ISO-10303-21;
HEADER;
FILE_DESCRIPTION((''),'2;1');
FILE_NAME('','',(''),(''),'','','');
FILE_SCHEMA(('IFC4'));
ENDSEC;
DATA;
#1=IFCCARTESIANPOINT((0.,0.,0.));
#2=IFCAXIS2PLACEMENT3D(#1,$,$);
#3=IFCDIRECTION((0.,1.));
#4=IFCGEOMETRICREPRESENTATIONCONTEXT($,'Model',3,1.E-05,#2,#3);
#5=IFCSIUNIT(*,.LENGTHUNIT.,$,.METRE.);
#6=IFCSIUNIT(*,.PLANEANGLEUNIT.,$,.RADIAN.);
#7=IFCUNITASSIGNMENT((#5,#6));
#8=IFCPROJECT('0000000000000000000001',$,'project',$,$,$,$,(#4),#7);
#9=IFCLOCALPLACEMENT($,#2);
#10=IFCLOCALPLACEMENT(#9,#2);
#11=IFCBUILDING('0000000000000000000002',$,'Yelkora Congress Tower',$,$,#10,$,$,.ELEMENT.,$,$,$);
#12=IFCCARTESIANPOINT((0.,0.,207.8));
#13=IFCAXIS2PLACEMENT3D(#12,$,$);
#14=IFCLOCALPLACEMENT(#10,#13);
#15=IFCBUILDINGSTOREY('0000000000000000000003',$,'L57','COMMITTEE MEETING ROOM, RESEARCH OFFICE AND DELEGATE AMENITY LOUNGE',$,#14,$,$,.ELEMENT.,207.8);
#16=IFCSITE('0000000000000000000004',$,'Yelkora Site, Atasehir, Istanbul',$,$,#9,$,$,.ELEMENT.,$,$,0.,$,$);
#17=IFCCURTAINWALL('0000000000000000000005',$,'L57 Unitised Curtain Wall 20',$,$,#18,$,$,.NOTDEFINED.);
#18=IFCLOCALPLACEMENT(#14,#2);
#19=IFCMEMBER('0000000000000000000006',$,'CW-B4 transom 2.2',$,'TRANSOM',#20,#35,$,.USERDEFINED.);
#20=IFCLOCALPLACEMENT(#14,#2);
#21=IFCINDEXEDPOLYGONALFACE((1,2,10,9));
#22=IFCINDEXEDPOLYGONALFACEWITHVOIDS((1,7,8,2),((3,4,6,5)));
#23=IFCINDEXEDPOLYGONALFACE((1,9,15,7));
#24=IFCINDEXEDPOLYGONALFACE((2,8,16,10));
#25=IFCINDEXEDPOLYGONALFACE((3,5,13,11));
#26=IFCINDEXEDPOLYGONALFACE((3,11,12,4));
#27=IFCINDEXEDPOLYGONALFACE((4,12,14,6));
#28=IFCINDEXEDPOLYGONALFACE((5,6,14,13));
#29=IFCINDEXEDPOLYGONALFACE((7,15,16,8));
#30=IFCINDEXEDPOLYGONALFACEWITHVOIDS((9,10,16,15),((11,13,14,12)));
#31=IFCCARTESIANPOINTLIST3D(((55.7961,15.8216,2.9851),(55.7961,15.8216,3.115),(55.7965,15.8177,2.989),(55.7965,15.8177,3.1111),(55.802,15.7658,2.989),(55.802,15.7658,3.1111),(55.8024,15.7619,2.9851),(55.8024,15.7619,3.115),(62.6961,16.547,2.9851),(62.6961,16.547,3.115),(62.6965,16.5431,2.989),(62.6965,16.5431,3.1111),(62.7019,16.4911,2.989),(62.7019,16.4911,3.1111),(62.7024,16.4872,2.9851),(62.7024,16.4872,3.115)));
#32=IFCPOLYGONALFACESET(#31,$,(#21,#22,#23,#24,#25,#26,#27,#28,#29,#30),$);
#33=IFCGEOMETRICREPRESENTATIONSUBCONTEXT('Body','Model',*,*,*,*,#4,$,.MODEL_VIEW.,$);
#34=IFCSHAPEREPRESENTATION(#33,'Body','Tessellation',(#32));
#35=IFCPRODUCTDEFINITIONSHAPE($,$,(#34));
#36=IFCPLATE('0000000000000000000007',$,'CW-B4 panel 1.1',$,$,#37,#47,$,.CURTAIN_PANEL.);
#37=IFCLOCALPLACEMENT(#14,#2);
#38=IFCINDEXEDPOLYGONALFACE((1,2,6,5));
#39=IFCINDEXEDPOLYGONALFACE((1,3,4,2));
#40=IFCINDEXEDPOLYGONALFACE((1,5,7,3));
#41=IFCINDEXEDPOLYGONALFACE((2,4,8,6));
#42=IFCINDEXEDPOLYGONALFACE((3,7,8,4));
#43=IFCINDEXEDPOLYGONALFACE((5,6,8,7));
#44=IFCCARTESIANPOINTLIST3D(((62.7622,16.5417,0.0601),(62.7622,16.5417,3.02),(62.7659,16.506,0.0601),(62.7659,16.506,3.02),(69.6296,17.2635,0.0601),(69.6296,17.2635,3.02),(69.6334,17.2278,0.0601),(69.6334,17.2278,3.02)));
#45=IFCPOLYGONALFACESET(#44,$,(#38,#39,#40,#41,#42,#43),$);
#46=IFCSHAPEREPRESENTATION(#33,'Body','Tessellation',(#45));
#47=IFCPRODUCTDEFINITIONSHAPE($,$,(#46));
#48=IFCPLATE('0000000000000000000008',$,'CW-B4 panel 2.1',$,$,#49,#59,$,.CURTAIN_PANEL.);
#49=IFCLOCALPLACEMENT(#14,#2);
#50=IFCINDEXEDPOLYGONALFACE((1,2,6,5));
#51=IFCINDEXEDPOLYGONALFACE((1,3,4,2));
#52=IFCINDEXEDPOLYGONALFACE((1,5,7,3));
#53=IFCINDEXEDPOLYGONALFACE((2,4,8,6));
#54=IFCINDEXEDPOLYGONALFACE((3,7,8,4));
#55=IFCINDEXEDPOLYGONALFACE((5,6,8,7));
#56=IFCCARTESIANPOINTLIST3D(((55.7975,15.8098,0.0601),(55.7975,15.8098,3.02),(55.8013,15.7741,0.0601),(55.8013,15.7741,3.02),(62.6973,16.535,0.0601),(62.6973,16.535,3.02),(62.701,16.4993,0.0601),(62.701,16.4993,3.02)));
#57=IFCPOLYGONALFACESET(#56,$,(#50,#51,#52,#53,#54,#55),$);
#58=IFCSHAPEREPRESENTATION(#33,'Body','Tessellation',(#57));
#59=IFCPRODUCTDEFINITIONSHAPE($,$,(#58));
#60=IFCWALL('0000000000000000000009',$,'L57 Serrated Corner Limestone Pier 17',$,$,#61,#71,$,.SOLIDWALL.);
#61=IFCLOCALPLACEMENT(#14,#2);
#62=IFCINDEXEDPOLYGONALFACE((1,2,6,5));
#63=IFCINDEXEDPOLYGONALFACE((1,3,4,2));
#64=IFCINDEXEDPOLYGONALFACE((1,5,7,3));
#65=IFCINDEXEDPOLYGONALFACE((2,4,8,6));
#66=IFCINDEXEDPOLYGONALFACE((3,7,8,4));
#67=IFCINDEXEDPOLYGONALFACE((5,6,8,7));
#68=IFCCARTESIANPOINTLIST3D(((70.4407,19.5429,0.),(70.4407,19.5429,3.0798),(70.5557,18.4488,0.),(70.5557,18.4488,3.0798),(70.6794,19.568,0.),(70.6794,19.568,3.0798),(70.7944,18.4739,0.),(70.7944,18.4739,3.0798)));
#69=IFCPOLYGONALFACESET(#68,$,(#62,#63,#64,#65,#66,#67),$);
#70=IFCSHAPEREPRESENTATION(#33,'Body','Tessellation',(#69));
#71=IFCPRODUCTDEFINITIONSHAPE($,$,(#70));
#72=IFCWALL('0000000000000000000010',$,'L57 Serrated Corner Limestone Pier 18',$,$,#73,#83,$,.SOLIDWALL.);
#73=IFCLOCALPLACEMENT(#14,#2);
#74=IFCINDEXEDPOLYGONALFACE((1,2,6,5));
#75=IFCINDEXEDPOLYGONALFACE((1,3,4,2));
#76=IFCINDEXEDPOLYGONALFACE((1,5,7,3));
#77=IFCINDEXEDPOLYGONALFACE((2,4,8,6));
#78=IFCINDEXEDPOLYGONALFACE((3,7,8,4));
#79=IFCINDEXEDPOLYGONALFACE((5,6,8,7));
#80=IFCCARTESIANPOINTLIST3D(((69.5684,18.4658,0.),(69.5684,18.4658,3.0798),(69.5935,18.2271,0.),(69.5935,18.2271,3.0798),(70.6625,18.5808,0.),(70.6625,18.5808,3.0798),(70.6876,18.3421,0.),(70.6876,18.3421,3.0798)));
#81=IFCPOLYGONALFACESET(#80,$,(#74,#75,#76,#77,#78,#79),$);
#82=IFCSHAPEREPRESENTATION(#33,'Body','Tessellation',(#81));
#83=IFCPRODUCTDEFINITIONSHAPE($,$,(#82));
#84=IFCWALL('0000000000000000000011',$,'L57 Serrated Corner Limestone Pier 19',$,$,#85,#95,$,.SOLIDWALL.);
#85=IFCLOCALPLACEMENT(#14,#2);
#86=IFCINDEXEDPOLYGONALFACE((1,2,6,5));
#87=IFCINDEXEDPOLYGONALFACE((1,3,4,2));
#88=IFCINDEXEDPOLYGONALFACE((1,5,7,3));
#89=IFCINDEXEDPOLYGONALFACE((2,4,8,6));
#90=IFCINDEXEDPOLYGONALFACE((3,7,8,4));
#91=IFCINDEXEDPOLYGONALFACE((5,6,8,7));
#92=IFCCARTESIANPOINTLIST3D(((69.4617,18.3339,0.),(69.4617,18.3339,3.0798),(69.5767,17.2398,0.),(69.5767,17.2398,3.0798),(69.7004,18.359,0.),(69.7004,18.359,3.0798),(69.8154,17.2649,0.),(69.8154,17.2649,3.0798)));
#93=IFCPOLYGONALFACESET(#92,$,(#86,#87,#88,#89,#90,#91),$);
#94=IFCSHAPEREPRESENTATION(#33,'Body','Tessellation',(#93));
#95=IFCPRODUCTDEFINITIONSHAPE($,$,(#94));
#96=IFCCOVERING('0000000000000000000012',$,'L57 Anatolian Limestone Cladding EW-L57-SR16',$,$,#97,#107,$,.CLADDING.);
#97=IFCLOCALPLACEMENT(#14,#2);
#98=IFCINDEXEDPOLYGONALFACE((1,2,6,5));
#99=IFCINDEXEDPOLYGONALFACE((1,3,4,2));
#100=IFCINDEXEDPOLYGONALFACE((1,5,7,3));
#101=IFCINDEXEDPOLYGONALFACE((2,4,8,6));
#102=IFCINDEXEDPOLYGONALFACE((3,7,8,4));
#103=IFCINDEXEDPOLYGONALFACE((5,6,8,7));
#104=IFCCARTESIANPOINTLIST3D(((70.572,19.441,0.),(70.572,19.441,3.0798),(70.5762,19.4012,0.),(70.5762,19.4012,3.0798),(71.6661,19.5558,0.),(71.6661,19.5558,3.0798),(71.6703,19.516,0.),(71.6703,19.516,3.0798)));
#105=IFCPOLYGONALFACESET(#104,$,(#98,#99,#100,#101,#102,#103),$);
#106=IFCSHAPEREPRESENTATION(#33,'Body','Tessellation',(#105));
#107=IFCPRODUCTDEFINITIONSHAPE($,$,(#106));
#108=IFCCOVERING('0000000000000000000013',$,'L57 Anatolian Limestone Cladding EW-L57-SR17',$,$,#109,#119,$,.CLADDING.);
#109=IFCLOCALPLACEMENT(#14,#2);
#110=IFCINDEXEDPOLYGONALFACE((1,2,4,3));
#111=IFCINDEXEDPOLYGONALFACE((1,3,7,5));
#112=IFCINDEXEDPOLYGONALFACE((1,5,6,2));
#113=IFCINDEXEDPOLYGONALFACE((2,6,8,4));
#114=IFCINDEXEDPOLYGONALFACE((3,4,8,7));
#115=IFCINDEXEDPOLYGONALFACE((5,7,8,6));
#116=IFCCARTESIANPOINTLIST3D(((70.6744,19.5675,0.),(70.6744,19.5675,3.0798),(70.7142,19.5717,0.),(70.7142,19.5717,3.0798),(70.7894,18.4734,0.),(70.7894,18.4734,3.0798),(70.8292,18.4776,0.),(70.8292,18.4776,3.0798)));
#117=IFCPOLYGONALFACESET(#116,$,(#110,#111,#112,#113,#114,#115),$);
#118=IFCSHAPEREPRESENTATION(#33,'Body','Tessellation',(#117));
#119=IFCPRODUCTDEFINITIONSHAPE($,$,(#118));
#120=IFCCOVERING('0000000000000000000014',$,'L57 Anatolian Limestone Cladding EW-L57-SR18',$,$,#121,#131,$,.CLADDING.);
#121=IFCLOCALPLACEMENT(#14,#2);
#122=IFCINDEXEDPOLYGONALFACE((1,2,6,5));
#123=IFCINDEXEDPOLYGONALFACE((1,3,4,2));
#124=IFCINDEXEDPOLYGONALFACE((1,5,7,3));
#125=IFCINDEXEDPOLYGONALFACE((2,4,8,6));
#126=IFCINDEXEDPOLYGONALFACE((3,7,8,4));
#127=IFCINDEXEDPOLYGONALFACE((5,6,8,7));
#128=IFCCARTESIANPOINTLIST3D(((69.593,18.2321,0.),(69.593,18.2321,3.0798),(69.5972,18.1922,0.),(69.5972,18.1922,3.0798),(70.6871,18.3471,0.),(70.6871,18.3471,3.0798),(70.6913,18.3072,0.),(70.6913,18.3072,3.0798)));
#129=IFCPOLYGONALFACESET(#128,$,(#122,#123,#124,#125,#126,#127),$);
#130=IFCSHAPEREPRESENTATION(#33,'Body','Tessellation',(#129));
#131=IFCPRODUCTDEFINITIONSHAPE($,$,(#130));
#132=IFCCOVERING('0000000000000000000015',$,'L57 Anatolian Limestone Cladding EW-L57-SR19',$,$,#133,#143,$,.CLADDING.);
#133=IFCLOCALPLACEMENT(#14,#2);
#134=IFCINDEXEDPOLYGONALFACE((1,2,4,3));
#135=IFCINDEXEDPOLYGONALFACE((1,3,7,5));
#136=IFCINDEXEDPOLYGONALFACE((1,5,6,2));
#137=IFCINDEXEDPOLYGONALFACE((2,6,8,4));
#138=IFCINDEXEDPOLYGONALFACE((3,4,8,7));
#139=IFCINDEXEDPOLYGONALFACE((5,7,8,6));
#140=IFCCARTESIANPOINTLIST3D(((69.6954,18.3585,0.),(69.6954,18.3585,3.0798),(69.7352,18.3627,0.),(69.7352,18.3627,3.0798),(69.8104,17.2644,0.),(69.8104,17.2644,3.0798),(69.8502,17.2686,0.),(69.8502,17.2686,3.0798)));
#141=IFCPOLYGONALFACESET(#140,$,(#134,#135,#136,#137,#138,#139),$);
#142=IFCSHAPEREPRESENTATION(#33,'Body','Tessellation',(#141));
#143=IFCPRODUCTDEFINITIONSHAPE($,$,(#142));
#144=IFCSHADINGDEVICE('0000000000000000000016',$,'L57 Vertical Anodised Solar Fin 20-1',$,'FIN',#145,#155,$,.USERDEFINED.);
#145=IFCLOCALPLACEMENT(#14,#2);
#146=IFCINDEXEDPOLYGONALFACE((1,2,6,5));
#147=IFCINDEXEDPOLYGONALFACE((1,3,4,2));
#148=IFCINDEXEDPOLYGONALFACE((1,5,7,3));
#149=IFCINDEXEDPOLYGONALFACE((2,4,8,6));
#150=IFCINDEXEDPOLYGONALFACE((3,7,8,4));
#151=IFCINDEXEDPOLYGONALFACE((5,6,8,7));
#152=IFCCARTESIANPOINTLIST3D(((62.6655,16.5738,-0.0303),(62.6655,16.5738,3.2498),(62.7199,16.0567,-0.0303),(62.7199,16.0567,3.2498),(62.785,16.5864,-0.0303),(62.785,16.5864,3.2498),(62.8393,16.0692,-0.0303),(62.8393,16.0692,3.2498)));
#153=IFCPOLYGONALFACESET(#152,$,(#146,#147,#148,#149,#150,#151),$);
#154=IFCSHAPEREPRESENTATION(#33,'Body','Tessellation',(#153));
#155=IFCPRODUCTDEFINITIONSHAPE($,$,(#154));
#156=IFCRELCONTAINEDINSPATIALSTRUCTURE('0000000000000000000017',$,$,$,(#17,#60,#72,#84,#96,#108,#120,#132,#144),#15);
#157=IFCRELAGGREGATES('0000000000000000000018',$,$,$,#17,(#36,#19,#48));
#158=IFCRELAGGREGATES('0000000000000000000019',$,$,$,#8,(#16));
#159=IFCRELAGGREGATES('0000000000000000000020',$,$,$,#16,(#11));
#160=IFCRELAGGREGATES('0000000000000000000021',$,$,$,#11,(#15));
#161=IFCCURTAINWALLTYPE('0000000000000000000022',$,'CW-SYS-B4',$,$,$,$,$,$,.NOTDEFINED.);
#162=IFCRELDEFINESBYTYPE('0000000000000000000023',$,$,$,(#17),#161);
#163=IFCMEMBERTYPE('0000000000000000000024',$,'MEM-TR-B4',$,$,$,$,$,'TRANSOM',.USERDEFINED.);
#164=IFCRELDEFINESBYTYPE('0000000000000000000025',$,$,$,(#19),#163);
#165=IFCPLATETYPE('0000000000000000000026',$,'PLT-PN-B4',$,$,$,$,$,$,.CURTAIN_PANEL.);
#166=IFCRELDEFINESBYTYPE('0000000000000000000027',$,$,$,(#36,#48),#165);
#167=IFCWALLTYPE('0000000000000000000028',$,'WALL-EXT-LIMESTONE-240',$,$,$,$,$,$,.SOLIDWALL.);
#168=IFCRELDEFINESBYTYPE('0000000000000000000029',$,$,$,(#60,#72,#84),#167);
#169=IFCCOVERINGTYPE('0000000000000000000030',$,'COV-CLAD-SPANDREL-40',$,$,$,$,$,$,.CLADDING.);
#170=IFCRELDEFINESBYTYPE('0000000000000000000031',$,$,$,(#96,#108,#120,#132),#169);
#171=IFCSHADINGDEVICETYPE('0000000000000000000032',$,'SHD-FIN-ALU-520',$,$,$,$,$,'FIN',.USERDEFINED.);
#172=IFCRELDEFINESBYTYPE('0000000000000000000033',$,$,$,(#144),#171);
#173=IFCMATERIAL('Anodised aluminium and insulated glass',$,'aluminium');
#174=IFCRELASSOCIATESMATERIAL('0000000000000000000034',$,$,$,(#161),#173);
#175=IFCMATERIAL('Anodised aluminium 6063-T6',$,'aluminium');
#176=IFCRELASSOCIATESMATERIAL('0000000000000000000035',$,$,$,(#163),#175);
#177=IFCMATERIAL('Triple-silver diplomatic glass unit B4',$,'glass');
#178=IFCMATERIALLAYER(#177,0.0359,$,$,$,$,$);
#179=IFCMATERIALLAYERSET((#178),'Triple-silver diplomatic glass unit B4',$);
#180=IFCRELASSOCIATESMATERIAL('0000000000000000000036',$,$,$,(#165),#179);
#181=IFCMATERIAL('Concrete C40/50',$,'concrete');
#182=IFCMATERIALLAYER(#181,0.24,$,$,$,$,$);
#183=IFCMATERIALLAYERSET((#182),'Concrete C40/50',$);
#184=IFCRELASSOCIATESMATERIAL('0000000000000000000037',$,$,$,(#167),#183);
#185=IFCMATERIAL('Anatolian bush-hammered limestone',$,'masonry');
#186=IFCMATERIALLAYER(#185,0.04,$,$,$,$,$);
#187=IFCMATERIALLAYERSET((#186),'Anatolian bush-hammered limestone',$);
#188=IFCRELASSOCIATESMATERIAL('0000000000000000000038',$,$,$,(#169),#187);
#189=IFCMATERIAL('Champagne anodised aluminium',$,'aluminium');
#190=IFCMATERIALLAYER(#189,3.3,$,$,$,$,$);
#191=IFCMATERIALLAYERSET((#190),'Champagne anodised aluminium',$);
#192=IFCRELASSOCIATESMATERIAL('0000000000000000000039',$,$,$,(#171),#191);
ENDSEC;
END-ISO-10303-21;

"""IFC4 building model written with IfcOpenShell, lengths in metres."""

from ifc_helpers import new_model, si_unit, direction, frame, frame_2d, origin, origin_2d, place, context, subcontext, project, spatial, rectangle, hollow_rectangle, extrude, material, layer, layer_set, material_profile, profile_set, type_object, element, aggregate, save


model = new_model("IFC4")

# Units and contexts
model_context = context("Model", 3, precision=1e-05, world=origin(), true_north=direction((0.0, 1.0)))
body_context = subcontext(model_context, "Body", "Model", "MODEL_VIEW")
ifc_project = project(units=[si_unit("LENGTHUNIT", "METRE"), si_unit("PLANEANGLEUNIT", "RADIAN")], contexts=[model_context])

# Site, building, storey
site_placement = place(None, origin())
site = spatial("IfcSite", under=ifc_project, at=site_placement, Name="Yelkora Site, Atasehir, Istanbul", CompositionType="ELEMENT", RefElevation=0.0)
building_placement = place(site_placement, origin())
building = spatial("IfcBuilding", under=site, at=building_placement, Name="Yelkora Congress Tower", CompositionType="ELEMENT")
storey_placement = place(building_placement, frame((0.0, 0.0, 207.8)))
storey = spatial("IfcBuildingStorey", under=building, at=storey_placement, Name="L57", Description="COMMITTEE MEETING ROOM, RESEARCH OFFICE AND DELEGATE AMENITY LOUNGE", CompositionType="ELEMENT", Elevation=207.8)

# Curtain wall, member, plates
ifc_material_1 = material(Name="Anodised aluminium and insulated glass", Category="aluminium")
curtain_wall_type = type_object("IfcCurtainWallType", Name="CW-SYS-B4", PredefinedType="NOTDEFINED", material=ifc_material_1)
curtain_wall_placement = place(storey_placement, origin())
curtain_wall = element("IfcCurtainWall", 1, at=curtain_wall_placement, inside=storey, type_object=curtain_wall_type, Name="L57 Unitised Curtain Wall 20", PredefinedType="NOTDEFINED")
ifc_material_2 = material(Name="Anodised aluminium 6063-T6", Category="aluminium")
ifc_material_profile_1 = material_profile(ifc_material_2, hollow_rectangle(XDim=0.0601, YDim=0.1299, WallThickness=0.0039, at=origin_2d()), Name="ALU 60x130x4")
ifc_profile_set_1 = profile_set([ifc_material_profile_1], Name="Anodised aluminium 6063-T6")
member_type_1 = type_object("IfcMemberType", Name="MEM-TR-B4", ElementType="TRANSOM", PredefinedType="USERDEFINED", material=ifc_profile_set_1)
member_1_placement = place(storey_placement, frame((62.6992, 16.5171, 3.05), z_axis=(-0.99452, -0.104547, 0.0), x_axis=(0.104547, -0.99452, 0.0)))
member_1 = element("IfcMember", 2, at=member_1_placement, type_object=member_type_1, Name="CW-B4 transom 2.2", ObjectType="TRANSOM", PredefinedType="USERDEFINED", context=body_context, shape_type="SweptSolid", body=[
    extrude(hollow_rectangle(XDim=0.0601, YDim=0.1299, WallThickness=0.0039, at=origin_2d()), origin(), (0.0, 0.0, 1.0), 6.938),
])
ifc_material_3 = material(Name="Triple-silver diplomatic glass unit B4", Category="glass")
ifc_layer_1 = layer(ifc_material_3, 0.0359)
ifc_layer_set_1 = layer_set([ifc_layer_1], Name="Triple-silver diplomatic glass unit B4")
plate_type = type_object("IfcPlateType", Name="PLT-PN-B4", PredefinedType="CURTAIN_PANEL", material=ifc_layer_set_1)
plate_1_placement = place(storey_placement, frame((66.1978, 16.8848, 0.0601), z_axis=(0.0, 0.0, 1.0), x_axis=(-0.994522, -0.104527, 0.0)))
plate_1 = element("IfcPlate", 3, at=plate_1_placement, type_object=plate_type, Name="CW-B4 panel 1.1", PredefinedType="CURTAIN_PANEL", context=body_context, shape_type="SweptSolid", body=[
    extrude(rectangle(XDim=6.9053, YDim=0.0359, at=origin_2d()), origin(), (0.0, 0.0, 1.0), 2.96),
])
plate_2_placement = place(storey_placement, frame((59.2493, 16.1545, 0.0601), z_axis=(0.0, 0.0, 1.0), x_axis=(-0.994522, -0.104527, 0.0)))
plate_2 = element("IfcPlate", 4, at=plate_2_placement, type_object=plate_type, Name="CW-B4 panel 2.1", PredefinedType="CURTAIN_PANEL", context=body_context, shape_type="SweptSolid", body=[
    extrude(rectangle(XDim=6.9377, YDim=0.0359, at=origin_2d()), origin(), (0.0, 0.0, 1.0), 2.96),
])
aggregate(curtain_wall, [plate_1, member_1, plate_2])

# Walls
ifc_material_4 = material(Name="Concrete C40/50", Category="concrete")
ifc_layer_2 = layer(ifc_material_4, 0.24)
ifc_layer_set_2 = layer_set([ifc_layer_2], Name="Concrete C40/50")
wall_type = type_object("IfcWallType", Name="WALL-EXT-LIMESTONE-240", PredefinedType="SOLIDWALL", material=ifc_layer_set_2)
for number, where, z_axis, x_axis, name in (
    (5, (70.5601, 19.5554, 0.0), (0.0, 0.0, 1.0), (0.104535, -0.994521, 0.0), "L57 Serrated Corner Limestone Pier 17"),
    (6, (70.675, 18.4614, 0.0), (0.0, 0.0, 1.0), (-0.994521, -0.104535, 0.0), "L57 Serrated Corner Limestone Pier 18"),
    (7, (69.5811, 18.3464, 0.0), (0.0, 0.0, 1.0), (0.104535, -0.994521, 0.0), "L57 Serrated Corner Limestone Pier 19"),
):
    element("IfcWall", number, at=place(storey_placement, frame(where, z_axis=z_axis, x_axis=x_axis)), inside=storey, type_object=wall_type, Name=name, PredefinedType="SOLIDWALL", context=body_context, shape_type="SweptSolid", body=[
        extrude(rectangle(XDim=1.1001, YDim=0.24, at=frame_2d((0.55, 0.0))), origin(), (0.0, 0.0, 1.0), 3.0798),
    ])

# Coverings
ifc_material_5 = material(Name="Anatolian bush-hammered limestone", Category="masonry")
ifc_layer_3 = layer(ifc_material_5, 0.04)
ifc_layer_set_3 = layer_set([ifc_layer_3], Name="Anatolian bush-hammered limestone")
covering_type = type_object("IfcCoveringType", Name="COV-CLAD-SPANDREL-40", PredefinedType="CLADDING", material=ifc_layer_set_3)
for number, where, z_axis, x_axis, name in (
    (8, (71.6682, 19.5359, 0.0), (0.0, 0.0, 1.0), (-0.994544, -0.104315, 0.0), "L57 Anatolian Limestone Cladding EW-L57-SR16"),
    (9, (70.6943, 19.5696, 0.0), (0.0, 0.0, 1.0), (0.104535, -0.994521, 0.0), "L57 Anatolian Limestone Cladding EW-L57-SR17"),
    (10, (70.6892, 18.3271, 0.0), (0.0, 0.0, 1.0), (-0.994521, -0.104535, 0.0), "L57 Anatolian Limestone Cladding EW-L57-SR18"),
    (11, (69.7153, 18.3606, 0.0), (0.0, 0.0, 1.0), (0.104535, -0.994521, 0.0), "L57 Anatolian Limestone Cladding EW-L57-SR19"),
):
    element("IfcCovering", number, at=place(storey_placement, frame(where, z_axis=z_axis, x_axis=x_axis)), inside=storey, type_object=covering_type, Name=name, PredefinedType="CLADDING", context=body_context, shape_type="SweptSolid", body=[
        extrude(rectangle(XDim=1.1001, YDim=0.04, at=frame_2d((0.55, 0.0))), origin(), (0.0, 0.0, 1.0), 3.0798),
    ])

# Shading device
ifc_material_6 = material(Name="Champagne anodised aluminium", Category="aluminium")
ifc_layer_4 = layer(ifc_material_6, 3.3)
ifc_layer_set_4 = layer_set([ifc_layer_4], Name="Champagne anodised aluminium")
shading_device_type = type_object("IfcShadingDeviceType", Name="SHD-FIN-ALU-520", ElementType="FIN", PredefinedType="USERDEFINED", material=ifc_layer_set_4)
shading_device_placement = place(storey_placement, frame((62.7524, 16.3215, -0.0303), z_axis=(0.0, 0.0, 1.0), x_axis=(-0.994522, -0.104528, 0.0)))
element("IfcShadingDevice", 12, at=shading_device_placement, inside=storey, type_object=shading_device_type, Name="L57 Vertical Anodised Solar Fin 20-1", ObjectType="FIN", PredefinedType="USERDEFINED", context=body_context, shape_type="SweptSolid", body=[
    extrude(rectangle(XDim=0.1201, YDim=0.52, at=origin_2d()), origin(), (0.0, 0.0, 1.0), 3.28),
])

save(model, "model.ifc")
